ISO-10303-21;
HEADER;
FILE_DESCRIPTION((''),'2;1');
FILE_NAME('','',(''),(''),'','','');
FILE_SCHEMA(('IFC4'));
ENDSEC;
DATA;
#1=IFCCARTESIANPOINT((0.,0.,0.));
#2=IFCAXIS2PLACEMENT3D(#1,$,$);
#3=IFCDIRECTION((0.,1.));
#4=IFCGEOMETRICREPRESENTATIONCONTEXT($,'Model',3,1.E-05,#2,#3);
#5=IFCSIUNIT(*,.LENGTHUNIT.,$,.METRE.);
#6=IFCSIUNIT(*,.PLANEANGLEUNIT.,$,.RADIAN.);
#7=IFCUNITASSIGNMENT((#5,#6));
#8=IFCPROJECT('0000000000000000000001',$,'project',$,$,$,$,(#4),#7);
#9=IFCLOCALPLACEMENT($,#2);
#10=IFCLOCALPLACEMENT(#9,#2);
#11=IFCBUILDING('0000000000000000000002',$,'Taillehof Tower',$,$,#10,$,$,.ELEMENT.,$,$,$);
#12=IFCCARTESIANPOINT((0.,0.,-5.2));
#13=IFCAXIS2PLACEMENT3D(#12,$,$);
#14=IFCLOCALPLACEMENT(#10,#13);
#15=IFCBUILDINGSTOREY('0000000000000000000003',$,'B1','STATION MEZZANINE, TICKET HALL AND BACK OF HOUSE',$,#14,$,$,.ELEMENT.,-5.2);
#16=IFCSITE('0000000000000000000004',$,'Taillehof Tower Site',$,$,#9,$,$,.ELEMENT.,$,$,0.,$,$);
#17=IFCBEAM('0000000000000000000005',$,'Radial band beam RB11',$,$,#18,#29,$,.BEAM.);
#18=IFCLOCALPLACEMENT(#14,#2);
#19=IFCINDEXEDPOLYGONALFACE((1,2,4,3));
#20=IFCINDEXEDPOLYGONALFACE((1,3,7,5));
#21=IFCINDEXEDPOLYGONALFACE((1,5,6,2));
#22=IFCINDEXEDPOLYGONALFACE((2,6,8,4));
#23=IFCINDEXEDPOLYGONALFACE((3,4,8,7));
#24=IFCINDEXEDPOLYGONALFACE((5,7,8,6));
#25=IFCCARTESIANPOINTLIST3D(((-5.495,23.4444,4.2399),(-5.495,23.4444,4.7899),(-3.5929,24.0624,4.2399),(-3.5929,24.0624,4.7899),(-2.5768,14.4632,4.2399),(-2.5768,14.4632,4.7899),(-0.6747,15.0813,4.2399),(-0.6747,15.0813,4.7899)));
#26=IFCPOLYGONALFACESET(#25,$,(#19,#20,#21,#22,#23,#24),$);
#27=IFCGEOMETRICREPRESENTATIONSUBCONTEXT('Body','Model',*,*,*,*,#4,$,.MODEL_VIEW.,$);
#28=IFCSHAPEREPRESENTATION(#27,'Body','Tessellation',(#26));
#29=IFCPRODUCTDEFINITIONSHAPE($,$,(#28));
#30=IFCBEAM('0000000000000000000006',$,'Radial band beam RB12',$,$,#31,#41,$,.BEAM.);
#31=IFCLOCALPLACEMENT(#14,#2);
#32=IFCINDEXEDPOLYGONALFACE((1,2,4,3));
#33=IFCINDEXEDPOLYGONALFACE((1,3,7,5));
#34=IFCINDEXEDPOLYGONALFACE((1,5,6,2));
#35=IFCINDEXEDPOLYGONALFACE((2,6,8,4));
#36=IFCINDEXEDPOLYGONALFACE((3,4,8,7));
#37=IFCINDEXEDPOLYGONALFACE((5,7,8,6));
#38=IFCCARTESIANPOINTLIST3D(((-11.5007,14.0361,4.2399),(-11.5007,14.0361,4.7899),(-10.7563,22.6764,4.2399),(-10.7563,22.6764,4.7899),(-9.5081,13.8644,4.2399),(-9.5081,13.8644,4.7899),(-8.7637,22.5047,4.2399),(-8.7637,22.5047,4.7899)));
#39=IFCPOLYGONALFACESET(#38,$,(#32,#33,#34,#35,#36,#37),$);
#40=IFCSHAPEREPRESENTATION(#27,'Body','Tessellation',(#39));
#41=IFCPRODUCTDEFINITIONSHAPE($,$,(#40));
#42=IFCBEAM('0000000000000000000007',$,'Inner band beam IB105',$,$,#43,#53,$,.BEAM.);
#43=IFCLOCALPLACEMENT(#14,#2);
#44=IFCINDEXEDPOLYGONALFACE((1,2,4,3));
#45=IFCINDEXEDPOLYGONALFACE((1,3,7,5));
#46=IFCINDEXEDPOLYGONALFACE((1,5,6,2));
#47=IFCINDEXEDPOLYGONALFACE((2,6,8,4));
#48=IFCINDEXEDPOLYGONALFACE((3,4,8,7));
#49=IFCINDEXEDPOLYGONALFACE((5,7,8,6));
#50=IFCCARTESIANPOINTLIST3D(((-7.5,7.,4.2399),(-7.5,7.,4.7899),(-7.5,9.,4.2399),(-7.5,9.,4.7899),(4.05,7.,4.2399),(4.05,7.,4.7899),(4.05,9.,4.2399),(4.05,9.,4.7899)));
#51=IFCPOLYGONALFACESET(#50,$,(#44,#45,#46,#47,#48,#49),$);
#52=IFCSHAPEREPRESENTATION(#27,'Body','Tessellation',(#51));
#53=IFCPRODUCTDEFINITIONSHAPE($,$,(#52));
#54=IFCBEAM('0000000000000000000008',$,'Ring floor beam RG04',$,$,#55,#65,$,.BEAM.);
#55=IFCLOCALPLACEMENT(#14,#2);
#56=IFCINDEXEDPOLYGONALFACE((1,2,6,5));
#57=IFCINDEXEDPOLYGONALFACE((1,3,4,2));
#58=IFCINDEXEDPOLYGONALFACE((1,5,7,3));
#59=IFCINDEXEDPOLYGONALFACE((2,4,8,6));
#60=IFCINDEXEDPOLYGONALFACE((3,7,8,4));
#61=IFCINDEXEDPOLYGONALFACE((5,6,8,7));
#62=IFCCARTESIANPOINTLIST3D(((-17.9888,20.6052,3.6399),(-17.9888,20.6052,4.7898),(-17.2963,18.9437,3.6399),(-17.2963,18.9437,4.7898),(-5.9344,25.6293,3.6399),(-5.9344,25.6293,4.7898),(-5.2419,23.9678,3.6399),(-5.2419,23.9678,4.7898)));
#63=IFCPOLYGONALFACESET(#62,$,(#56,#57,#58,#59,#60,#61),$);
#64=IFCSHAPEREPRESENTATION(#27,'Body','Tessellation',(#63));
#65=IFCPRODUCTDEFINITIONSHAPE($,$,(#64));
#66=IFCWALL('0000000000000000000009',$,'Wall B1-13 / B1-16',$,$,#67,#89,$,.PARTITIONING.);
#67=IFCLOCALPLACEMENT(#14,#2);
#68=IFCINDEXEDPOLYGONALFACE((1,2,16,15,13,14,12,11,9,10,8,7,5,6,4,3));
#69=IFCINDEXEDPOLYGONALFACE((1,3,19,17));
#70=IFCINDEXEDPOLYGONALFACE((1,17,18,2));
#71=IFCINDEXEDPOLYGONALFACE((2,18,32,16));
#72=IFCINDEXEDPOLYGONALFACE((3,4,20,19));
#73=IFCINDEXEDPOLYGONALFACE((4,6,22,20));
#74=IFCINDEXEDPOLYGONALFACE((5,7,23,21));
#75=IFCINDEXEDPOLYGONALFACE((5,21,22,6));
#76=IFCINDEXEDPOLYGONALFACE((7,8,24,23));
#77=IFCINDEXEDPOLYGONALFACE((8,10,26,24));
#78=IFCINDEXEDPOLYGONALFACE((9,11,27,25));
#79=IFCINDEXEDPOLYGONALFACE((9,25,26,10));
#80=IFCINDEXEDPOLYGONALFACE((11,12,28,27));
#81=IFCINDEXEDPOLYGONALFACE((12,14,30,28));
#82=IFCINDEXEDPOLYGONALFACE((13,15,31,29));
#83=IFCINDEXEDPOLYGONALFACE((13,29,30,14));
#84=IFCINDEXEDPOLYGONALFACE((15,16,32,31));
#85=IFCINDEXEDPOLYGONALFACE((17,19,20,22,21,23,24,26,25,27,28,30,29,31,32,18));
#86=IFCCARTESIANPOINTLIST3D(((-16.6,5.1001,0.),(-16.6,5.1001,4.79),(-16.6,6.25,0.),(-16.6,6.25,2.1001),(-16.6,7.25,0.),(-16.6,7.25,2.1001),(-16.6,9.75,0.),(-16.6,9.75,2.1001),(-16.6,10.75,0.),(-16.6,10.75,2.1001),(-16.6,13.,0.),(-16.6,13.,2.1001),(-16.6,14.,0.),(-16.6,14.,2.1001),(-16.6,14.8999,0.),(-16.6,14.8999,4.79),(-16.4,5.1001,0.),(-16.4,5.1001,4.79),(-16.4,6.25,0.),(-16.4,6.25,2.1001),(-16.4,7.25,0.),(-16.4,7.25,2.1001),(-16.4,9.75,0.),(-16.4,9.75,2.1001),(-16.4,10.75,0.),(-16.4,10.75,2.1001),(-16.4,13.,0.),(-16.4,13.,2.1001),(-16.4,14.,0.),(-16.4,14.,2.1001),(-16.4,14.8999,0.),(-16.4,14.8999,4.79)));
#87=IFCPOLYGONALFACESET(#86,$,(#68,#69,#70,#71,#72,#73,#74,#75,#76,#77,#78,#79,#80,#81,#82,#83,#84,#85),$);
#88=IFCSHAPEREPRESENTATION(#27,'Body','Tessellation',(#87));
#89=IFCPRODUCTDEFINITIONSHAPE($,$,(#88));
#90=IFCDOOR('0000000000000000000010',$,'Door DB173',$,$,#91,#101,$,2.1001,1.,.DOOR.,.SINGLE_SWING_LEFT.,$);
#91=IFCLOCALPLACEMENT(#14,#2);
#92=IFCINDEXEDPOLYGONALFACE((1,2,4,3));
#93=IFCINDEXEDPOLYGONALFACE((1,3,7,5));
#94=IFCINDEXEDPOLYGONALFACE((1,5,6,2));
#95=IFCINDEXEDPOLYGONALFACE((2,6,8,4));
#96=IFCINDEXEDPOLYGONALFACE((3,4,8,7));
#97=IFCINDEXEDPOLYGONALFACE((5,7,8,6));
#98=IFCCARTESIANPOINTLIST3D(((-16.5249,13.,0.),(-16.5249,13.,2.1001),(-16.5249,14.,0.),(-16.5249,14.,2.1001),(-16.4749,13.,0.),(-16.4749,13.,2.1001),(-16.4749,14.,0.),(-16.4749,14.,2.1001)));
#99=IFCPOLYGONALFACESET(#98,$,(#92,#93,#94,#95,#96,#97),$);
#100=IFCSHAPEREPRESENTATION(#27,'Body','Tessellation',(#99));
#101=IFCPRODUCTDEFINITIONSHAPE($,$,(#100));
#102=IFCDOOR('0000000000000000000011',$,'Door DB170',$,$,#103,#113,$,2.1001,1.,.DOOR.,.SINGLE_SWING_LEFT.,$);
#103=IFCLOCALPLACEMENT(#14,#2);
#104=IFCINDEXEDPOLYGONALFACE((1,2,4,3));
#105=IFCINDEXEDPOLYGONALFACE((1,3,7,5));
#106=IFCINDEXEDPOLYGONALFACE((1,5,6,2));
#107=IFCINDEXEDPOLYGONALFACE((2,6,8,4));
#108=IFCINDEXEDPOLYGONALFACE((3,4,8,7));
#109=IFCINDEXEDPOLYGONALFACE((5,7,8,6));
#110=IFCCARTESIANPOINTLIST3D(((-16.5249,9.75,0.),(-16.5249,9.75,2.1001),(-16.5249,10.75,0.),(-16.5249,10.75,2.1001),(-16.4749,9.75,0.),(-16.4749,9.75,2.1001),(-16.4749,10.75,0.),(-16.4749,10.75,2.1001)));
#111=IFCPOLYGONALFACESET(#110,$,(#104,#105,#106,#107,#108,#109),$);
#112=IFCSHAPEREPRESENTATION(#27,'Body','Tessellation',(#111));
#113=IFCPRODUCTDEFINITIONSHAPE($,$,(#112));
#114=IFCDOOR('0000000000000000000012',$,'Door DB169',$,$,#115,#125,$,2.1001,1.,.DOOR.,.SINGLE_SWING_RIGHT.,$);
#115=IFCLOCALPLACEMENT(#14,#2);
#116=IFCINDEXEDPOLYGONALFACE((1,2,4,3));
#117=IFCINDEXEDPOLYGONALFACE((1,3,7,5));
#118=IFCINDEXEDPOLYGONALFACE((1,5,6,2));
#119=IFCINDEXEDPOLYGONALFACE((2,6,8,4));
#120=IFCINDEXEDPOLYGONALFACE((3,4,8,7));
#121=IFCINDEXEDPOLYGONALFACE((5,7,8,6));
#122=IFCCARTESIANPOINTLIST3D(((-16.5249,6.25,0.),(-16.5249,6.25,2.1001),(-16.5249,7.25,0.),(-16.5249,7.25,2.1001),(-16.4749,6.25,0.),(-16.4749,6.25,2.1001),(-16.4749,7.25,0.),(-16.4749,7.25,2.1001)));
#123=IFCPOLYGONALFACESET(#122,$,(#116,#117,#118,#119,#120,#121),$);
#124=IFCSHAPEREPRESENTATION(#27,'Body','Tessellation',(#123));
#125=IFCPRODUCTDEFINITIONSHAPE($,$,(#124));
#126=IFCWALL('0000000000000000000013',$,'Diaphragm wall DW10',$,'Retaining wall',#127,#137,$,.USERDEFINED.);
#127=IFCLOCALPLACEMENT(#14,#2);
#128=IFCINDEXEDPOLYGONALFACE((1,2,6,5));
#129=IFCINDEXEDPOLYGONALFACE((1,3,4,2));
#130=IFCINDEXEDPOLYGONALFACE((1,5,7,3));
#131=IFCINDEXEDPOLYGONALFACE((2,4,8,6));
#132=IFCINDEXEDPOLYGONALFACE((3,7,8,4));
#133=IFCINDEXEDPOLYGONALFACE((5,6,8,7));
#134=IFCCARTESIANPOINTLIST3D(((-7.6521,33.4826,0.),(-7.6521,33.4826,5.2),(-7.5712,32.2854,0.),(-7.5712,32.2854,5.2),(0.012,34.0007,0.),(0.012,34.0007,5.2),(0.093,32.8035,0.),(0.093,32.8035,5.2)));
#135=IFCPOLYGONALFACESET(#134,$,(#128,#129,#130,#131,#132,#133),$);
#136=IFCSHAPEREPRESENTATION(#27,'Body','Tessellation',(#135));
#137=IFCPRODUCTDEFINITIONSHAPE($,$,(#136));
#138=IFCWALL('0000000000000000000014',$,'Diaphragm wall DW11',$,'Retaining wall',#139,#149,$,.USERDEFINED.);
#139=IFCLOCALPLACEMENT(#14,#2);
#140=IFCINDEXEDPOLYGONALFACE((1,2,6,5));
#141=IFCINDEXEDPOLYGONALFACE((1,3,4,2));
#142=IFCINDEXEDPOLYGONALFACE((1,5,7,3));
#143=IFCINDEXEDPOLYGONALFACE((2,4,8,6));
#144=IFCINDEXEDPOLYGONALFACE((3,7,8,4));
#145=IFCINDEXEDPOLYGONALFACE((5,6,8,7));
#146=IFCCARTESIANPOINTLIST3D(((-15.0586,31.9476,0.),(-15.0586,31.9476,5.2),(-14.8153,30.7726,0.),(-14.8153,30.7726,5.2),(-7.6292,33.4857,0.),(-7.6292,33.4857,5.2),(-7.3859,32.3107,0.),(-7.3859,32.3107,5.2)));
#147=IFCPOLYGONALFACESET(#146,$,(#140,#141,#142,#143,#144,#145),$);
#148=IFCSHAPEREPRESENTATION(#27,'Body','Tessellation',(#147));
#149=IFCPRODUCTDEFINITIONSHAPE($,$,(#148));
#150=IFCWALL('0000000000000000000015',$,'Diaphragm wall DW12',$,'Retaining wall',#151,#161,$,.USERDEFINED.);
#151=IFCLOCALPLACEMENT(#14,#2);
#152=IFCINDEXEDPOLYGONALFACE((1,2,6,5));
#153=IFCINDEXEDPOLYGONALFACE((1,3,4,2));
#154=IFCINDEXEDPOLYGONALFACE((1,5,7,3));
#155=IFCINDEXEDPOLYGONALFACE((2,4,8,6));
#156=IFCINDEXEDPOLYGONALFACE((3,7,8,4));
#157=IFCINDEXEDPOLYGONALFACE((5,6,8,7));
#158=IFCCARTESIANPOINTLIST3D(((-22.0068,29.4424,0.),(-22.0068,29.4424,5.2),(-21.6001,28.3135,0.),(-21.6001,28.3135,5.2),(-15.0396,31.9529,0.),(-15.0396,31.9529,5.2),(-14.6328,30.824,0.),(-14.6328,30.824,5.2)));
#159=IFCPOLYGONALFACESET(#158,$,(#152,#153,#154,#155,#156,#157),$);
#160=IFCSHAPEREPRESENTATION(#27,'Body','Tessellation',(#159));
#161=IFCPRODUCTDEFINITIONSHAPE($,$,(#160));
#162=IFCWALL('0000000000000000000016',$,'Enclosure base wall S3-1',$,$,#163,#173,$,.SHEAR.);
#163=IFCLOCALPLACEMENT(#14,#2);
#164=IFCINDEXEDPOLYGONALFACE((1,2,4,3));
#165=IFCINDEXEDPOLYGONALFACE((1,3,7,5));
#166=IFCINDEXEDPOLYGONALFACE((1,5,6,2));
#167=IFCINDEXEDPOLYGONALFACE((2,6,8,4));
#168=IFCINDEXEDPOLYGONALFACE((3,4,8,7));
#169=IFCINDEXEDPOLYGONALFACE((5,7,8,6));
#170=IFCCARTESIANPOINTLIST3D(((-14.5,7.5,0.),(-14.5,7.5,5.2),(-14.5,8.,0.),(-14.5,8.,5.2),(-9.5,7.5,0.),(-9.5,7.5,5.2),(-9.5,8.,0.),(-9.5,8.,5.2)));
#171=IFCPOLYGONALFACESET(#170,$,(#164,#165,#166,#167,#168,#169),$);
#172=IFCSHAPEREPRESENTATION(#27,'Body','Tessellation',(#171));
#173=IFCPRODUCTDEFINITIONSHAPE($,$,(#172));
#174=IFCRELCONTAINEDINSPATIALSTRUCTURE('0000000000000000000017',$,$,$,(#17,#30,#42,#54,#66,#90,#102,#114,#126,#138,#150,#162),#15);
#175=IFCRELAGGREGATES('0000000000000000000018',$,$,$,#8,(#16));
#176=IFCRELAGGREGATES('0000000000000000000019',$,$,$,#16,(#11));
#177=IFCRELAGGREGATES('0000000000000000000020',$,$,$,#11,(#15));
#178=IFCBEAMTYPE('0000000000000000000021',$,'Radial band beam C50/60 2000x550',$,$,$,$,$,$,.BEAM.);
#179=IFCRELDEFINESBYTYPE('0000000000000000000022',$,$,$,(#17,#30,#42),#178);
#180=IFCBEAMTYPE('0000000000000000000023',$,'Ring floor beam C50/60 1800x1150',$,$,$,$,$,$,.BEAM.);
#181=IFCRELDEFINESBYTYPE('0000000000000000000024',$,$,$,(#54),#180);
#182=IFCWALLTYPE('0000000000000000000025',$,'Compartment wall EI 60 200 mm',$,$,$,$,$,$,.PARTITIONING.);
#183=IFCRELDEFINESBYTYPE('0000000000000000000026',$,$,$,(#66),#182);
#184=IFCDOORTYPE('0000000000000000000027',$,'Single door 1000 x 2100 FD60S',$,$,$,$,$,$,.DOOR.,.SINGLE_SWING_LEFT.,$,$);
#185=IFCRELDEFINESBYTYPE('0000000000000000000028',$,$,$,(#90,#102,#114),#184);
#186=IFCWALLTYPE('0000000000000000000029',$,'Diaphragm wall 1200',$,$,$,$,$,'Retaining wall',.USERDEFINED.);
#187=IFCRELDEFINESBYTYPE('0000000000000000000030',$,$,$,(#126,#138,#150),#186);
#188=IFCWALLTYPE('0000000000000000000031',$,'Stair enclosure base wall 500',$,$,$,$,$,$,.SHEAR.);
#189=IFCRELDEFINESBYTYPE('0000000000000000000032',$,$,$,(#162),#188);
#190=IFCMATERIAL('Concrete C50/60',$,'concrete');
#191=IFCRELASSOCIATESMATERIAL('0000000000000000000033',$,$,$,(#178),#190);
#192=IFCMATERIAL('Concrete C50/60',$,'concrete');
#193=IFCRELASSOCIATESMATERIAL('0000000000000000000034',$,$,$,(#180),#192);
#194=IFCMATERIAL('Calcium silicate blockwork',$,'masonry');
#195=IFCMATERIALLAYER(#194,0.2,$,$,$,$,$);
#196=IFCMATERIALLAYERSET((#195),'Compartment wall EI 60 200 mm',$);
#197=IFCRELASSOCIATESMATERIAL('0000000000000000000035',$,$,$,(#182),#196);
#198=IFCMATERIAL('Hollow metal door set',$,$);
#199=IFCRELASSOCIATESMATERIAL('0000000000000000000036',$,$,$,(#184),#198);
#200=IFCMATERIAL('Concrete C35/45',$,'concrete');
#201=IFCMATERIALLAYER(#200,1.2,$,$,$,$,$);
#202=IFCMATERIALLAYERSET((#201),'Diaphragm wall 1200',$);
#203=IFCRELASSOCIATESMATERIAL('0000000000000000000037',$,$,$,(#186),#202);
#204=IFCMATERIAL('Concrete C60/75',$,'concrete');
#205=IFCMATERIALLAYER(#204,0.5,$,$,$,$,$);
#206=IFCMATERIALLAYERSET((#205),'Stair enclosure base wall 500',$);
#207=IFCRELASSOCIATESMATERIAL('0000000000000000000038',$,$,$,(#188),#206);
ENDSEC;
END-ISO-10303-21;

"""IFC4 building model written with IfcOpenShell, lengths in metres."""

from ifc_helpers import new_model, si_unit, direction, frame, frame_2d, origin, origin_2d, place, context, subcontext, project, spatial, rectangle, extrude, material, layer, layer_set, material_profile, profile_set, type_object, element, fill, save


model = new_model("IFC4")

# Units and contexts
model_context = context("Model", 3, precision=1e-05, world=origin(), true_north=direction((0.0, 1.0)))
body_context = subcontext(model_context, "Body", "Model", "MODEL_VIEW")
ifc_project = project(units=[si_unit("LENGTHUNIT", "METRE"), si_unit("PLANEANGLEUNIT", "RADIAN")], contexts=[model_context])

# Site, building, storey
site_placement = place(None, origin())
site = spatial("IfcSite", under=ifc_project, at=site_placement, Name="Taillehof Tower Site", CompositionType="ELEMENT", RefElevation=0.0)
building_placement = place(site_placement, origin())
building = spatial("IfcBuilding", under=site, at=building_placement, Name="Taillehof Tower", CompositionType="ELEMENT")
storey_placement = place(building_placement, frame((0.0, 0.0, -5.2)))
storey = spatial("IfcBuildingStorey", under=building, at=storey_placement, Name="B1", Description="STATION MEZZANINE, TICKET HALL AND BACK OF HOUSE", CompositionType="ELEMENT", Elevation=-5.2)

# Beams
ifc_material_1 = material(Name="Concrete C50/60", Category="concrete")
ifc_material_profile_1 = material_profile(ifc_material_1, rectangle(XDim=2.0, YDim=0.55, at=origin_2d()), Name="RC 2000x550")
ifc_profile_set_1 = profile_set([ifc_material_profile_1], Name="Concrete C50/60")
beam_type_1 = type_object("IfcBeamType", Name="Radial band beam C50/60 2000x550", PredefinedType="BEAM", material=ifc_profile_set_1)
beam_1_placement = place(storey_placement, frame((-4.5439, 23.7534, 4.5149), z_axis=(0.309021, -0.951055, 0.0), x_axis=(0.951055, 0.309021, 0.0)))
element("IfcBeam", 1, at=beam_1_placement, inside=storey, type_object=beam_type_1, Name="Radial band beam RB11", PredefinedType="BEAM", context=body_context, shape_type="SweptSolid", body=[
    extrude(rectangle(XDim=2.0, YDim=0.55, at=origin_2d()), origin(), (0.0, 0.0, 1.0), 9.4434),
])
beam_2_placement = place(storey_placement, frame((-9.76, 22.5906, 4.5149), z_axis=(-0.085834, -0.996309, 0.0), x_axis=(0.996309, -0.085834, 0.0)))
element("IfcBeam", 2, at=beam_2_placement, inside=storey, type_object=beam_type_1, Name="Radial band beam RB12", PredefinedType="BEAM", context=body_context, shape_type="SweptSolid", body=[
    extrude(rectangle(XDim=2.0, YDim=0.55, at=origin_2d()), origin(), (0.0, 0.0, 1.0), 8.6724),
])
beam_3_placement = place(storey_placement, frame((-7.5, 8.0, 4.5149), z_axis=(1.0, 0.0, 0.0), x_axis=(0.0, 1.0, 0.0)))
element("IfcBeam", 3, at=beam_3_placement, inside=storey, type_object=beam_type_1, Name="Inner band beam IB105", PredefinedType="BEAM", context=body_context, shape_type="SweptSolid", body=[
    extrude(rectangle(XDim=2.0, YDim=0.55, at=origin_2d()), origin(), (0.0, 0.0, 1.0), 11.55),
])
ifc_material_2 = material(Name="Concrete C50/60", Category="concrete")
ifc_material_profile_2 = material_profile(ifc_material_2, rectangle(XDim=1.8, YDim=1.1499, at=origin_2d()), Name="RC 1800x1150")
ifc_profile_set_2 = profile_set([ifc_material_profile_2], Name="Concrete C50/60")
beam_type_2 = type_object("IfcBeamType", Name="Ring floor beam C50/60 1800x1150", PredefinedType="BEAM", material=ifc_profile_set_2)
beam_4_placement = place(storey_placement, frame((-5.5881, 24.7986, 4.2148), z_axis=(-0.923037, -0.384712, 0.0), x_axis=(0.384712, -0.923037, 0.0)))
element("IfcBeam", 4, at=beam_4_placement, inside=storey, type_object=beam_type_2, Name="Ring floor beam RG04", PredefinedType="BEAM", context=body_context, shape_type="SweptSolid", body=[
    extrude(rectangle(XDim=1.8, YDim=1.1499, at=origin_2d()), origin(), (0.0, 0.0, 1.0), 13.0596),
])

# Wall, openings, doors
ifc_material_3 = material(Name="Calcium silicate blockwork", Category="masonry")
ifc_layer_1 = layer(ifc_material_3, 0.2)
ifc_layer_set_1 = layer_set([ifc_layer_1], Name="Compartment wall EI 60 200 mm")
wall_type_1 = type_object("IfcWallType", Name="Compartment wall EI 60 200 mm", PredefinedType="PARTITIONING", material=ifc_layer_set_1)
wall_1_placement = place(storey_placement, frame((-16.5, 5.1001, 0.0), z_axis=(0.0, 0.0, 1.0), x_axis=(0.0, 1.0, 0.0)))
wall_1 = element("IfcWall", 5, at=wall_1_placement, inside=storey, type_object=wall_type_1, Name="Wall B1-13 / B1-16", PredefinedType="PARTITIONING", context=body_context, shape_type="SweptSolid", body=[
    extrude(rectangle(XDim=9.7998, YDim=0.2, at=frame_2d((4.8999, 0.0))), origin(), (0.0, 0.0, 1.0), 4.79),
])
opening_1_placement = place(wall_1_placement, frame((7.8999, 0.0, 0.0)))
opening_1 = element("IfcOpeningElement", 6, at=opening_1_placement, cuts=wall_1, PredefinedType="OPENING", context=body_context, shape_type="SweptSolid", body=[
    extrude(rectangle(XDim=1.0, YDim=2.1001, at=frame_2d((0.5, 1.05))), frame((0.0, 0.1099, 0.0), z_axis=(0.0, -1.0, 0.0), x_axis=(1.0, 0.0, 0.0)), (0.0, 0.0, 1.0), 0.22),
])
opening_2_placement = place(wall_1_placement, frame((4.6499, 0.0, 0.0)))
opening_2 = element("IfcOpeningElement", 7, at=opening_2_placement, cuts=wall_1, PredefinedType="OPENING", context=body_context, shape_type="SweptSolid", body=[
    extrude(rectangle(XDim=1.0, YDim=2.1001, at=frame_2d((0.5, 1.05))), frame((0.0, 0.1099, 0.0), z_axis=(0.0, -1.0, 0.0), x_axis=(1.0, 0.0, 0.0)), (0.0, 0.0, 1.0), 0.22),
])
opening_3_placement = place(wall_1_placement, frame((1.1499, 0.0, 0.0)))
opening_3 = element("IfcOpeningElement", 8, at=opening_3_placement, cuts=wall_1, PredefinedType="OPENING", context=body_context, shape_type="SweptSolid", body=[
    extrude(rectangle(XDim=1.0, YDim=2.1001, at=frame_2d((0.5, 1.05))), frame((0.0, 0.1099, 0.0), z_axis=(0.0, -1.0, 0.0), x_axis=(1.0, 0.0, 0.0)), (0.0, 0.0, 1.0), 0.22),
])
ifc_material_4 = material(Name="Hollow metal door set")
door_type = type_object("IfcDoorType", Name="Single door 1000 x 2100 FD60S", OperationType="SINGLE_SWING_LEFT", PredefinedType="DOOR", material=ifc_material_4)
door_1_placement = place(opening_1_placement, origin())
door_1 = element("IfcDoor", 9, at=door_1_placement, inside=storey, type_object=door_type, Name="Door DB173", OperationType="SINGLE_SWING_LEFT", OverallHeight=2.1001, OverallWidth=1.0, PredefinedType="DOOR", context=body_context, shape_type="SweptSolid", body=[
    extrude(rectangle(XDim=1.0, YDim=2.1001, at=frame_2d((0.5, 1.05))), frame((0.0, 0.0249, 0.0), z_axis=(0.0, -1.0, 0.0), x_axis=(1.0, 0.0, 0.0)), (0.0, 0.0, 1.0), 0.05),
])
fill(opening_1, door_1)
door_2_placement = place(opening_2_placement, origin())
door_2 = element("IfcDoor", 10, at=door_2_placement, inside=storey, type_object=door_type, Name="Door DB170", OperationType="SINGLE_SWING_LEFT", OverallHeight=2.1001, OverallWidth=1.0, PredefinedType="DOOR", context=body_context, shape_type="SweptSolid", body=[
    extrude(rectangle(XDim=1.0, YDim=2.1001, at=frame_2d((0.5, 1.05))), frame((0.0, 0.0249, 0.0), z_axis=(0.0, -1.0, 0.0), x_axis=(1.0, 0.0, 0.0)), (0.0, 0.0, 1.0), 0.05),
])
fill(opening_2, door_2)
door_3_placement = place(opening_3_placement, origin())
door_3 = element("IfcDoor", 11, at=door_3_placement, inside=storey, type_object=door_type, Name="Door DB169", OperationType="SINGLE_SWING_RIGHT", OverallHeight=2.1001, OverallWidth=1.0, PredefinedType="DOOR", context=body_context, shape_type="SweptSolid", body=[
    extrude(rectangle(XDim=1.0, YDim=2.1001, at=frame_2d((0.5, 1.05))), frame((0.0, 0.0249, 0.0), z_axis=(0.0, -1.0, 0.0), x_axis=(1.0, 0.0, 0.0)), (0.0, 0.0, 1.0), 0.05),
])
fill(opening_3, door_3)

# Walls
ifc_material_5 = material(Name="Concrete C35/45", Category="concrete")
ifc_layer_2 = layer(ifc_material_5, 1.2)
ifc_layer_set_2 = layer_set([ifc_layer_2], Name="Diaphragm wall 1200")
wall_type_2 = type_object("IfcWallType", Name="Diaphragm wall 1200", ElementType="Retaining wall", PredefinedType="USERDEFINED", material=ifc_layer_set_2)
wall_2_placement = place(storey_placement, frame((0.0525, 33.4021, 0.0), z_axis=(0.0, 0.0, 1.0), x_axis=(-0.997723, -0.067443, 0.0)))
element("IfcWall", 12, at=wall_2_placement, inside=storey, type_object=wall_type_2, Name="Diaphragm wall DW10", ObjectType="Retaining wall", PredefinedType="USERDEFINED", context=body_context, shape_type="SweptSolid", body=[
    extrude(rectangle(XDim=7.6816, YDim=1.2, at=frame_2d((3.8408, 0.0))), origin(), (0.0, 0.0, 1.0), 5.2),
])
wall_3_placement = place(storey_placement, frame((-7.5076, 32.8982, 0.0), z_axis=(0.0, 0.0, 1.0), x_axis=(-0.979235, -0.202727, 0.0)))
element("IfcWall", 13, at=wall_3_placement, inside=storey, type_object=wall_type_2, Name="Diaphragm wall DW11", ObjectType="Retaining wall", PredefinedType="USERDEFINED", context=body_context, shape_type="SweptSolid", body=[
    extrude(rectangle(XDim=7.5869, YDim=1.2, at=frame_2d((3.7935, 0.0))), origin(), (0.0, 0.0, 1.0), 5.2),
])
wall_4_placement = place(storey_placement, frame((-14.8362, 31.3884, 0.0), z_axis=(0.0, 0.0, 1.0), x_axis=(-0.940789, -0.338991, 0.0)))
element("IfcWall", 14, at=wall_4_placement, inside=storey, type_object=wall_type_2, Name="Diaphragm wall DW12", ObjectType="Retaining wall", PredefinedType="USERDEFINED", context=body_context, shape_type="SweptSolid", body=[
    extrude(rectangle(XDim=7.4058, YDim=1.2, at=frame_2d((3.7029, 0.0))), origin(), (0.0, 0.0, 1.0), 5.2),
])
ifc_material_6 = material(Name="Concrete C60/75", Category="concrete")
ifc_layer_3 = layer(ifc_material_6, 0.5)
ifc_layer_set_3 = layer_set([ifc_layer_3], Name="Stair enclosure base wall 500")
wall_type_3 = type_object("IfcWallType", Name="Stair enclosure base wall 500", PredefinedType="SHEAR", material=ifc_layer_set_3)
wall_5_placement = place(storey_placement, frame((-14.5, 7.75, 0.0), z_axis=(0.0, 0.0, 1.0), x_axis=(1.0, 0.0, 0.0)))
element("IfcWall", 15, at=wall_5_placement, inside=storey, type_object=wall_type_3, Name="Enclosure base wall S3-1", PredefinedType="SHEAR", context=body_context, shape_type="SweptSolid", body=[
    extrude(rectangle(XDim=5.0, YDim=0.5, at=frame_2d((2.5, 0.0))), origin(), (0.0, 0.0, 1.0), 5.2),
])

save(model, "model.ifc")
